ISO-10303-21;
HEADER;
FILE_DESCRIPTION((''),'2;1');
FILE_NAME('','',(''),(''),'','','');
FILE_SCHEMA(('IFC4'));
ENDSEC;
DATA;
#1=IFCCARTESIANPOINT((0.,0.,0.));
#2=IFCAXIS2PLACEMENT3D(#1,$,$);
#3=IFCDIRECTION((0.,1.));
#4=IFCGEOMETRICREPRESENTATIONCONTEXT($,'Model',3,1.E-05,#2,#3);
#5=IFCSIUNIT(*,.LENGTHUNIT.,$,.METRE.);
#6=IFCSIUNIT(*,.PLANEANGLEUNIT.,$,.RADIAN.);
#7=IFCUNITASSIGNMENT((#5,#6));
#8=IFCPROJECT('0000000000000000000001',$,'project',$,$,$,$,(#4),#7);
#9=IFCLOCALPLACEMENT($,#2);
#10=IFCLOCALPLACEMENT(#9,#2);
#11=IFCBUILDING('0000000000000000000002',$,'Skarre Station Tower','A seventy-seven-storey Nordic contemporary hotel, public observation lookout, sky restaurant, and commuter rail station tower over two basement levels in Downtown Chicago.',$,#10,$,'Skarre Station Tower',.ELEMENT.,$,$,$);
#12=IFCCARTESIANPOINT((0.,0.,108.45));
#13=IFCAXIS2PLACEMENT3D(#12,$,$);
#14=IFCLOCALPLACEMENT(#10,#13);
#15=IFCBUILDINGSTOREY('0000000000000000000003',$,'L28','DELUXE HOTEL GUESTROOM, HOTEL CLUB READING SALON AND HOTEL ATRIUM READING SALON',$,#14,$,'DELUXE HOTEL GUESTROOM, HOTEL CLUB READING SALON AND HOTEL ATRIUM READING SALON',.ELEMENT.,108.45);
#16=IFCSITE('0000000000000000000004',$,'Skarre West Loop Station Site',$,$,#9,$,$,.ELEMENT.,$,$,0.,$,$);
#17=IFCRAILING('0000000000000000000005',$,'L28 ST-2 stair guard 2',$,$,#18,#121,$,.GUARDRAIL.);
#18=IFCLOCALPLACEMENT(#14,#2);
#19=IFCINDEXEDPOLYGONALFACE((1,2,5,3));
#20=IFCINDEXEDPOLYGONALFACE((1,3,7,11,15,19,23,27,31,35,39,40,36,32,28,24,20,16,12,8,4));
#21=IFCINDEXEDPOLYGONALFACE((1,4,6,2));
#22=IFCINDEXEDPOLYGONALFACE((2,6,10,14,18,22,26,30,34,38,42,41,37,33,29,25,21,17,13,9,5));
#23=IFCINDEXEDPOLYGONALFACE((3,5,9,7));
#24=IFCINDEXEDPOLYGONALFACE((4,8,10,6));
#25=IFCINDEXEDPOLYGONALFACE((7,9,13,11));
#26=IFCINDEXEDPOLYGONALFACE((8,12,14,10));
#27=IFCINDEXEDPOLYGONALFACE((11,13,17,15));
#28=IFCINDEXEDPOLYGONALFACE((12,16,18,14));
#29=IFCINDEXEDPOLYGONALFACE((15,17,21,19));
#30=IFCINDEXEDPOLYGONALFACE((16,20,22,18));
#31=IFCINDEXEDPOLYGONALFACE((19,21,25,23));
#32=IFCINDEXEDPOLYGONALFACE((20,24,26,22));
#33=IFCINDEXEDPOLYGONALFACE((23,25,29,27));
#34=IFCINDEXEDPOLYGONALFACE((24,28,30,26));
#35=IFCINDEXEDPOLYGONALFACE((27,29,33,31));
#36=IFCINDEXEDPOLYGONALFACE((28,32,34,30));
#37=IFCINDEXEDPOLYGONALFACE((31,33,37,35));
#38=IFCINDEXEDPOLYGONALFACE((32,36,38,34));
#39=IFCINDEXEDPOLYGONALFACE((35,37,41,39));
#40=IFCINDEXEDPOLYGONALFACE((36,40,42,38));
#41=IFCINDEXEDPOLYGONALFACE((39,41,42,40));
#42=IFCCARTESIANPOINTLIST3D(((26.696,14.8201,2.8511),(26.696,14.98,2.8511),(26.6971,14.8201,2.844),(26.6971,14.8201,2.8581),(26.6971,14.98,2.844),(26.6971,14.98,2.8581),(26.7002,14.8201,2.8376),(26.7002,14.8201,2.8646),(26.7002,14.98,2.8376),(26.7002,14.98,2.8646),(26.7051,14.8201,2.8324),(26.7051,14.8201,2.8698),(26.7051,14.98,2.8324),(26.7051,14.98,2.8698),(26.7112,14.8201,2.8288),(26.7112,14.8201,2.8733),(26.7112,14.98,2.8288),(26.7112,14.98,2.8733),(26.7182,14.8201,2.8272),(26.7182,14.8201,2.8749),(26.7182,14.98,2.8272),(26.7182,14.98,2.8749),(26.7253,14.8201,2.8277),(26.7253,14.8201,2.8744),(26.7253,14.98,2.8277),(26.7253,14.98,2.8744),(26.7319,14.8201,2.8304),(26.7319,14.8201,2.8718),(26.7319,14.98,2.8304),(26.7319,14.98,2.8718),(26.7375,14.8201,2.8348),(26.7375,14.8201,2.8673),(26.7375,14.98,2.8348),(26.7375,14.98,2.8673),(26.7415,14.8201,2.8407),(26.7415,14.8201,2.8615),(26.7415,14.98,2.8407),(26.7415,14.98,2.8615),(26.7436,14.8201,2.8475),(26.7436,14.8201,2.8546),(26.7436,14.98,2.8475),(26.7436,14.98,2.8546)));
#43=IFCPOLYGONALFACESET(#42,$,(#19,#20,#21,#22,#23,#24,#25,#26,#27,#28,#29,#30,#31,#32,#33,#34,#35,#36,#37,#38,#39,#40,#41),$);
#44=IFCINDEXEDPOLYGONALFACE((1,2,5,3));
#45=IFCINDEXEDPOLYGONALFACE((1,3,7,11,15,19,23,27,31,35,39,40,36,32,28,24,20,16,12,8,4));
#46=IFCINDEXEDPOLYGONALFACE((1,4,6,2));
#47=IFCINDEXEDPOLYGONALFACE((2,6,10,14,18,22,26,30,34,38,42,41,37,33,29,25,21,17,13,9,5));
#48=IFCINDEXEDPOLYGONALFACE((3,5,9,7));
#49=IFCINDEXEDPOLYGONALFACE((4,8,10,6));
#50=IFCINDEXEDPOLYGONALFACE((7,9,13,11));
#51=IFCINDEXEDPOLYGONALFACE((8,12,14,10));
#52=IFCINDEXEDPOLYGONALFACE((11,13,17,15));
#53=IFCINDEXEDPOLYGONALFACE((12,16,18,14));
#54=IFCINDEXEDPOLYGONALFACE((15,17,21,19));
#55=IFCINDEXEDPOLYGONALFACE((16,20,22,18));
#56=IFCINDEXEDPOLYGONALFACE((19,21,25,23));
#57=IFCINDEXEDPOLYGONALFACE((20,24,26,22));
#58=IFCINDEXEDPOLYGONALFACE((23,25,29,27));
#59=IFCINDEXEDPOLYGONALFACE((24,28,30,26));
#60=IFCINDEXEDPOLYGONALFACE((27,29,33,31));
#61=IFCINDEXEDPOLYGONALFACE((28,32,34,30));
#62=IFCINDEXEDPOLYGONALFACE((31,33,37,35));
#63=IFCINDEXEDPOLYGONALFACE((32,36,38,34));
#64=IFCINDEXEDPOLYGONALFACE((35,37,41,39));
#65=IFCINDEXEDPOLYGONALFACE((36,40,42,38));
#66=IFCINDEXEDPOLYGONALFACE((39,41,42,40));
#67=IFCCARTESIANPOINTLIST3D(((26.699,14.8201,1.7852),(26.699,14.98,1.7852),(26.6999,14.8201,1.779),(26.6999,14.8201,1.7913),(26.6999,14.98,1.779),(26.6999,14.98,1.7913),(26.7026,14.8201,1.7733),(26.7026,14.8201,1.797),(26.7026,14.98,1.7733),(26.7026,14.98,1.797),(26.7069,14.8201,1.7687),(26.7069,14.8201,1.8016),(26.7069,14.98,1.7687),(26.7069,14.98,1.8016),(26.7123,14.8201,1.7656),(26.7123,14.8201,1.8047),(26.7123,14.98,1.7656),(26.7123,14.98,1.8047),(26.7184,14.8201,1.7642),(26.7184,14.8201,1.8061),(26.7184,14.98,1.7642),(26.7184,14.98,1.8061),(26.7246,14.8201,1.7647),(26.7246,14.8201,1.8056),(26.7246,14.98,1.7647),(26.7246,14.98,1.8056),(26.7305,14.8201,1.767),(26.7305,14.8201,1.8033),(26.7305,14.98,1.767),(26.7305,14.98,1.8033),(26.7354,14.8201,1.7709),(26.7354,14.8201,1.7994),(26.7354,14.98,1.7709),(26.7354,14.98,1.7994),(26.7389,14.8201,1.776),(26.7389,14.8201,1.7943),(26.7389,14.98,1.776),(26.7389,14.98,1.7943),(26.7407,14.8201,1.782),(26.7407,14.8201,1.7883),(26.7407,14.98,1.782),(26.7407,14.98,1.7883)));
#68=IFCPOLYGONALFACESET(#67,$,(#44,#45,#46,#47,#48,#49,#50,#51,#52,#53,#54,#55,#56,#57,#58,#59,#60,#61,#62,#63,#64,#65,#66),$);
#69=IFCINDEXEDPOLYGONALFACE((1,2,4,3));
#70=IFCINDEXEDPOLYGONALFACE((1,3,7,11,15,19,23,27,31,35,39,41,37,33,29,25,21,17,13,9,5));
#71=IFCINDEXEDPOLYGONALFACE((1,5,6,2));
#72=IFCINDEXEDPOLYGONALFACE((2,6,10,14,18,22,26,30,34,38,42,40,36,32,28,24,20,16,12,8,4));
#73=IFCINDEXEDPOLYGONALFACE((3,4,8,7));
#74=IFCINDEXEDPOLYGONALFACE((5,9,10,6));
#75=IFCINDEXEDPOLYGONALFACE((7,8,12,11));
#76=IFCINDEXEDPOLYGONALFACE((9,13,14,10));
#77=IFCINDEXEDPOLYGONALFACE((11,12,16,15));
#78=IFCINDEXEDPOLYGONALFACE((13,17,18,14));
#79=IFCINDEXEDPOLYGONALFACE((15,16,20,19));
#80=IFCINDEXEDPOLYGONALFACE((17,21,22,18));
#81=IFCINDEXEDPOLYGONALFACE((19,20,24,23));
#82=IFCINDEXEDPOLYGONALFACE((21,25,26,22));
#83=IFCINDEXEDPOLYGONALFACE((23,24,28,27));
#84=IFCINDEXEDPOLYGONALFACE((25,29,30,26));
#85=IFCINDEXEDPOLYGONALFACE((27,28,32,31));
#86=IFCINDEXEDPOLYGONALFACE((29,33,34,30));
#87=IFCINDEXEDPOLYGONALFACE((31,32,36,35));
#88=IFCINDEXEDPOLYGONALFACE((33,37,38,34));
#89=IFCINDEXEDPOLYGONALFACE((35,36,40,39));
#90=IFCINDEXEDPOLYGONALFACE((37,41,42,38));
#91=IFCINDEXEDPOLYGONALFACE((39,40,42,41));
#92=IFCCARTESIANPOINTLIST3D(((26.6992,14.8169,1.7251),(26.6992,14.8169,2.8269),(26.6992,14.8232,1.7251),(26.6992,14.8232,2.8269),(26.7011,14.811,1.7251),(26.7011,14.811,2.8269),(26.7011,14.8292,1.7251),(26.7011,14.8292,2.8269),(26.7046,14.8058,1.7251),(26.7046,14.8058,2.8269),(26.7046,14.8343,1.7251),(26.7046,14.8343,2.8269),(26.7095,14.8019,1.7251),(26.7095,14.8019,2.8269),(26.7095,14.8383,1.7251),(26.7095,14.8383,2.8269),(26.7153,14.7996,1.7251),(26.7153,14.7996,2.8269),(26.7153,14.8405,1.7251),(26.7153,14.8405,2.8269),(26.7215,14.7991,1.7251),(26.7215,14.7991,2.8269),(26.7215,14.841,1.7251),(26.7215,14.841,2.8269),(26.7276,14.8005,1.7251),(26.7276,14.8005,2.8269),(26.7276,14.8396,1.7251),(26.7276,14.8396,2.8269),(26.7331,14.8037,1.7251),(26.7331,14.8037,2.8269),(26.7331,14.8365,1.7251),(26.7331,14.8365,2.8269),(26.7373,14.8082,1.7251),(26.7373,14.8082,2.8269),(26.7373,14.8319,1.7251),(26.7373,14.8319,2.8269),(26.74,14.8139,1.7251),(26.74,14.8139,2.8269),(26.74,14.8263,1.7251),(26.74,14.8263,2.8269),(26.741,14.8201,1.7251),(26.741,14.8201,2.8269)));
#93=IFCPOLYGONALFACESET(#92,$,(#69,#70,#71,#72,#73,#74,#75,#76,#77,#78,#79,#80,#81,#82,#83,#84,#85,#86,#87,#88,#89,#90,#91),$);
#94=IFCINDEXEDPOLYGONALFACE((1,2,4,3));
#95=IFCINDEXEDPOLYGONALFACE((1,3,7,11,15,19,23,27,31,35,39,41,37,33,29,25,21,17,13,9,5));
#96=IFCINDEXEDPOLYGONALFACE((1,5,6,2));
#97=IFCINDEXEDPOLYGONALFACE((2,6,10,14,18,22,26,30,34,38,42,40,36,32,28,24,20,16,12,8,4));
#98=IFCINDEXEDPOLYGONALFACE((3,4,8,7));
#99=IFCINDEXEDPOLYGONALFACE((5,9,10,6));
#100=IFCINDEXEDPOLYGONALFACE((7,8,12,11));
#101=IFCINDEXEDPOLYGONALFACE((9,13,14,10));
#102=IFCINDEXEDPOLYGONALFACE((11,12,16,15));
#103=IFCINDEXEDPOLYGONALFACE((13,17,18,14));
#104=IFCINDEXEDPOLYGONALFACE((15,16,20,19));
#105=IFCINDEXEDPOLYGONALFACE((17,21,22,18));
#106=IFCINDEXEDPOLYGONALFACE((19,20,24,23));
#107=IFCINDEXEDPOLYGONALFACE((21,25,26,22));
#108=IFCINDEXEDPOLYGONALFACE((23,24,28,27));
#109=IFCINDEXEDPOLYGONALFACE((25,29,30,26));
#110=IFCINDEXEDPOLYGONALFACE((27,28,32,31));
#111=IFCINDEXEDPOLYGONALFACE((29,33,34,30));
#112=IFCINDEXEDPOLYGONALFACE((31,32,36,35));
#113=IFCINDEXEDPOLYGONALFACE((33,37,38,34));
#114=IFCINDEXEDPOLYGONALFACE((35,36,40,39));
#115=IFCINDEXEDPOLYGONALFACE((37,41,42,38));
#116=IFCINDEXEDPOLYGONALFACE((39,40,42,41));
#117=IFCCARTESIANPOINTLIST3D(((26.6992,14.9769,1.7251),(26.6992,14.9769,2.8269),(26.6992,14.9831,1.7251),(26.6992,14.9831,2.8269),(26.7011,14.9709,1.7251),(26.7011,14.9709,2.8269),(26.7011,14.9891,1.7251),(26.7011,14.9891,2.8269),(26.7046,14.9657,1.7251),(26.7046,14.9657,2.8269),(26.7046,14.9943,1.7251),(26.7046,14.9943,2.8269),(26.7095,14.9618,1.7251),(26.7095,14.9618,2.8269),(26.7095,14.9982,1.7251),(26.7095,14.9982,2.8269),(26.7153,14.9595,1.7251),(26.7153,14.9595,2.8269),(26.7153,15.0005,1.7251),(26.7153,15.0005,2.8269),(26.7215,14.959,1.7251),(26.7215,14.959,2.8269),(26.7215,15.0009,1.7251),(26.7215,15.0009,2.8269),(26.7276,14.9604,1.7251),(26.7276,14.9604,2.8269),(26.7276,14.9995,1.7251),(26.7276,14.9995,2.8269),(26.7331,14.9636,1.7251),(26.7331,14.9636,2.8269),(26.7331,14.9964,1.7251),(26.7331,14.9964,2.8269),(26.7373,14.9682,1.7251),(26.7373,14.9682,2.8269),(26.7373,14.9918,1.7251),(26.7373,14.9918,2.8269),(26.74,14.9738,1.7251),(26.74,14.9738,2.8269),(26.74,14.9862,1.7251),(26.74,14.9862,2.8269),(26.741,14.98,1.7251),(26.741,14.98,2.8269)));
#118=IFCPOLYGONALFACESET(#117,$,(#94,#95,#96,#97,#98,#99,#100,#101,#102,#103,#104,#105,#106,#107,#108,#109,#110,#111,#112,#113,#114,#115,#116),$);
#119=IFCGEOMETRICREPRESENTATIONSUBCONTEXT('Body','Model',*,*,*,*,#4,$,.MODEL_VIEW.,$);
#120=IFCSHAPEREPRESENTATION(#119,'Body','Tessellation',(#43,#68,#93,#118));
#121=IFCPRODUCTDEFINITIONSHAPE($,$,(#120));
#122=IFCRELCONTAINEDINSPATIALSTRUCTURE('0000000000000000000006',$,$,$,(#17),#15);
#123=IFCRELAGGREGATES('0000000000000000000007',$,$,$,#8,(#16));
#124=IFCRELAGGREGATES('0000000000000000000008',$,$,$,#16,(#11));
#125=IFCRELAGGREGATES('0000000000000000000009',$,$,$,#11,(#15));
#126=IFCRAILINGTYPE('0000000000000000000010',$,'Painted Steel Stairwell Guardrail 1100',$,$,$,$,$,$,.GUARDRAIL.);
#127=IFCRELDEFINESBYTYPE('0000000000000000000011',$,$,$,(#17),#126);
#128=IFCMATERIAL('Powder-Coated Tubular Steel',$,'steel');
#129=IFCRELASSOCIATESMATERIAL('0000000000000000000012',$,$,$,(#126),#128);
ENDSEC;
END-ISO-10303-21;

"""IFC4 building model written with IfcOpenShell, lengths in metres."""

from ifc_helpers import new_model, si_unit, direction, frame, origin, origin_2d, place, context, subcontext, project, spatial, circle, extrude, material, type_object, element, save


model = new_model("IFC4")

# Units and contexts
model_context = context("Model", 3, precision=1e-05, world=origin(), true_north=direction((0.0, 1.0)))
body_context = subcontext(model_context, "Body", "Model", "MODEL_VIEW")
ifc_project = project(units=[si_unit("LENGTHUNIT", "METRE"), si_unit("PLANEANGLEUNIT", "RADIAN")], contexts=[model_context])

# Site, building, storey
site_placement = place(None, origin())
site = spatial("IfcSite", under=ifc_project, at=site_placement, Name="Skarre West Loop Station Site", CompositionType="ELEMENT", RefElevation=0.0)
building_placement = place(site_placement, origin())
building = spatial("IfcBuilding", under=site, at=building_placement, Name="Skarre Station Tower", Description="A seventy-seven-storey Nordic contemporary hotel, public observation lookout, sky restaurant, and commuter rail station tower over two basement levels in Downtown Chicago.", LongName="Skarre Station Tower", CompositionType="ELEMENT")
storey_placement = place(building_placement, frame((0.0, 0.0, 108.45)))
storey = spatial("IfcBuildingStorey", under=building, at=storey_placement, Name="L28", Description="DELUXE HOTEL GUESTROOM, HOTEL CLUB READING SALON AND HOTEL ATRIUM READING SALON", LongName="DELUXE HOTEL GUESTROOM, HOTEL CLUB READING SALON AND HOTEL ATRIUM READING SALON", CompositionType="ELEMENT", Elevation=108.45)

# Railing
ifc_material_1 = material(Name="Powder-Coated Tubular Steel", Category="steel")
railing_type_1 = type_object("IfcRailingType", Name="Painted Steel Stairwell Guardrail 1100", PredefinedType="GUARDRAIL", material=ifc_material_1)
railing_1_placement = place(storey_placement, frame((26.72, 14.8201, 1.7251)))
element("IfcRailing", 1, at=railing_1_placement, inside=storey, type_object=railing_type_1, Name="L28 ST-2 stair guard 2", PredefinedType="GUARDRAIL", context=body_context, shape_type="SweptSolid", body=[
    extrude(circle(Radius=0.0239, at=origin_2d()), frame((0.0, 0.0, 1.126), z_axis=(0.0, 1.0, 0.0), x_axis=(-1.0, 0.0, 0.0)), (0.0, 0.0, 1.0), 0.1599),
    extrude(circle(Radius=0.021, at=origin_2d()), frame((0.0, 0.0, 0.0601), z_axis=(0.0, 1.0, 0.0), x_axis=(-1.0, 0.0, 0.0)), (0.0, 0.0, 1.0), 0.1599),
    extrude(circle(Radius=0.021, at=origin_2d()), origin(), (0.0, 0.0, 1.0), 1.1018),
    extrude(circle(Radius=0.021, at=origin_2d()), frame((0.0, 0.1599, 0.0)), (0.0, 0.0, 1.0), 1.1018),
])

save(model, "model.ifc")
